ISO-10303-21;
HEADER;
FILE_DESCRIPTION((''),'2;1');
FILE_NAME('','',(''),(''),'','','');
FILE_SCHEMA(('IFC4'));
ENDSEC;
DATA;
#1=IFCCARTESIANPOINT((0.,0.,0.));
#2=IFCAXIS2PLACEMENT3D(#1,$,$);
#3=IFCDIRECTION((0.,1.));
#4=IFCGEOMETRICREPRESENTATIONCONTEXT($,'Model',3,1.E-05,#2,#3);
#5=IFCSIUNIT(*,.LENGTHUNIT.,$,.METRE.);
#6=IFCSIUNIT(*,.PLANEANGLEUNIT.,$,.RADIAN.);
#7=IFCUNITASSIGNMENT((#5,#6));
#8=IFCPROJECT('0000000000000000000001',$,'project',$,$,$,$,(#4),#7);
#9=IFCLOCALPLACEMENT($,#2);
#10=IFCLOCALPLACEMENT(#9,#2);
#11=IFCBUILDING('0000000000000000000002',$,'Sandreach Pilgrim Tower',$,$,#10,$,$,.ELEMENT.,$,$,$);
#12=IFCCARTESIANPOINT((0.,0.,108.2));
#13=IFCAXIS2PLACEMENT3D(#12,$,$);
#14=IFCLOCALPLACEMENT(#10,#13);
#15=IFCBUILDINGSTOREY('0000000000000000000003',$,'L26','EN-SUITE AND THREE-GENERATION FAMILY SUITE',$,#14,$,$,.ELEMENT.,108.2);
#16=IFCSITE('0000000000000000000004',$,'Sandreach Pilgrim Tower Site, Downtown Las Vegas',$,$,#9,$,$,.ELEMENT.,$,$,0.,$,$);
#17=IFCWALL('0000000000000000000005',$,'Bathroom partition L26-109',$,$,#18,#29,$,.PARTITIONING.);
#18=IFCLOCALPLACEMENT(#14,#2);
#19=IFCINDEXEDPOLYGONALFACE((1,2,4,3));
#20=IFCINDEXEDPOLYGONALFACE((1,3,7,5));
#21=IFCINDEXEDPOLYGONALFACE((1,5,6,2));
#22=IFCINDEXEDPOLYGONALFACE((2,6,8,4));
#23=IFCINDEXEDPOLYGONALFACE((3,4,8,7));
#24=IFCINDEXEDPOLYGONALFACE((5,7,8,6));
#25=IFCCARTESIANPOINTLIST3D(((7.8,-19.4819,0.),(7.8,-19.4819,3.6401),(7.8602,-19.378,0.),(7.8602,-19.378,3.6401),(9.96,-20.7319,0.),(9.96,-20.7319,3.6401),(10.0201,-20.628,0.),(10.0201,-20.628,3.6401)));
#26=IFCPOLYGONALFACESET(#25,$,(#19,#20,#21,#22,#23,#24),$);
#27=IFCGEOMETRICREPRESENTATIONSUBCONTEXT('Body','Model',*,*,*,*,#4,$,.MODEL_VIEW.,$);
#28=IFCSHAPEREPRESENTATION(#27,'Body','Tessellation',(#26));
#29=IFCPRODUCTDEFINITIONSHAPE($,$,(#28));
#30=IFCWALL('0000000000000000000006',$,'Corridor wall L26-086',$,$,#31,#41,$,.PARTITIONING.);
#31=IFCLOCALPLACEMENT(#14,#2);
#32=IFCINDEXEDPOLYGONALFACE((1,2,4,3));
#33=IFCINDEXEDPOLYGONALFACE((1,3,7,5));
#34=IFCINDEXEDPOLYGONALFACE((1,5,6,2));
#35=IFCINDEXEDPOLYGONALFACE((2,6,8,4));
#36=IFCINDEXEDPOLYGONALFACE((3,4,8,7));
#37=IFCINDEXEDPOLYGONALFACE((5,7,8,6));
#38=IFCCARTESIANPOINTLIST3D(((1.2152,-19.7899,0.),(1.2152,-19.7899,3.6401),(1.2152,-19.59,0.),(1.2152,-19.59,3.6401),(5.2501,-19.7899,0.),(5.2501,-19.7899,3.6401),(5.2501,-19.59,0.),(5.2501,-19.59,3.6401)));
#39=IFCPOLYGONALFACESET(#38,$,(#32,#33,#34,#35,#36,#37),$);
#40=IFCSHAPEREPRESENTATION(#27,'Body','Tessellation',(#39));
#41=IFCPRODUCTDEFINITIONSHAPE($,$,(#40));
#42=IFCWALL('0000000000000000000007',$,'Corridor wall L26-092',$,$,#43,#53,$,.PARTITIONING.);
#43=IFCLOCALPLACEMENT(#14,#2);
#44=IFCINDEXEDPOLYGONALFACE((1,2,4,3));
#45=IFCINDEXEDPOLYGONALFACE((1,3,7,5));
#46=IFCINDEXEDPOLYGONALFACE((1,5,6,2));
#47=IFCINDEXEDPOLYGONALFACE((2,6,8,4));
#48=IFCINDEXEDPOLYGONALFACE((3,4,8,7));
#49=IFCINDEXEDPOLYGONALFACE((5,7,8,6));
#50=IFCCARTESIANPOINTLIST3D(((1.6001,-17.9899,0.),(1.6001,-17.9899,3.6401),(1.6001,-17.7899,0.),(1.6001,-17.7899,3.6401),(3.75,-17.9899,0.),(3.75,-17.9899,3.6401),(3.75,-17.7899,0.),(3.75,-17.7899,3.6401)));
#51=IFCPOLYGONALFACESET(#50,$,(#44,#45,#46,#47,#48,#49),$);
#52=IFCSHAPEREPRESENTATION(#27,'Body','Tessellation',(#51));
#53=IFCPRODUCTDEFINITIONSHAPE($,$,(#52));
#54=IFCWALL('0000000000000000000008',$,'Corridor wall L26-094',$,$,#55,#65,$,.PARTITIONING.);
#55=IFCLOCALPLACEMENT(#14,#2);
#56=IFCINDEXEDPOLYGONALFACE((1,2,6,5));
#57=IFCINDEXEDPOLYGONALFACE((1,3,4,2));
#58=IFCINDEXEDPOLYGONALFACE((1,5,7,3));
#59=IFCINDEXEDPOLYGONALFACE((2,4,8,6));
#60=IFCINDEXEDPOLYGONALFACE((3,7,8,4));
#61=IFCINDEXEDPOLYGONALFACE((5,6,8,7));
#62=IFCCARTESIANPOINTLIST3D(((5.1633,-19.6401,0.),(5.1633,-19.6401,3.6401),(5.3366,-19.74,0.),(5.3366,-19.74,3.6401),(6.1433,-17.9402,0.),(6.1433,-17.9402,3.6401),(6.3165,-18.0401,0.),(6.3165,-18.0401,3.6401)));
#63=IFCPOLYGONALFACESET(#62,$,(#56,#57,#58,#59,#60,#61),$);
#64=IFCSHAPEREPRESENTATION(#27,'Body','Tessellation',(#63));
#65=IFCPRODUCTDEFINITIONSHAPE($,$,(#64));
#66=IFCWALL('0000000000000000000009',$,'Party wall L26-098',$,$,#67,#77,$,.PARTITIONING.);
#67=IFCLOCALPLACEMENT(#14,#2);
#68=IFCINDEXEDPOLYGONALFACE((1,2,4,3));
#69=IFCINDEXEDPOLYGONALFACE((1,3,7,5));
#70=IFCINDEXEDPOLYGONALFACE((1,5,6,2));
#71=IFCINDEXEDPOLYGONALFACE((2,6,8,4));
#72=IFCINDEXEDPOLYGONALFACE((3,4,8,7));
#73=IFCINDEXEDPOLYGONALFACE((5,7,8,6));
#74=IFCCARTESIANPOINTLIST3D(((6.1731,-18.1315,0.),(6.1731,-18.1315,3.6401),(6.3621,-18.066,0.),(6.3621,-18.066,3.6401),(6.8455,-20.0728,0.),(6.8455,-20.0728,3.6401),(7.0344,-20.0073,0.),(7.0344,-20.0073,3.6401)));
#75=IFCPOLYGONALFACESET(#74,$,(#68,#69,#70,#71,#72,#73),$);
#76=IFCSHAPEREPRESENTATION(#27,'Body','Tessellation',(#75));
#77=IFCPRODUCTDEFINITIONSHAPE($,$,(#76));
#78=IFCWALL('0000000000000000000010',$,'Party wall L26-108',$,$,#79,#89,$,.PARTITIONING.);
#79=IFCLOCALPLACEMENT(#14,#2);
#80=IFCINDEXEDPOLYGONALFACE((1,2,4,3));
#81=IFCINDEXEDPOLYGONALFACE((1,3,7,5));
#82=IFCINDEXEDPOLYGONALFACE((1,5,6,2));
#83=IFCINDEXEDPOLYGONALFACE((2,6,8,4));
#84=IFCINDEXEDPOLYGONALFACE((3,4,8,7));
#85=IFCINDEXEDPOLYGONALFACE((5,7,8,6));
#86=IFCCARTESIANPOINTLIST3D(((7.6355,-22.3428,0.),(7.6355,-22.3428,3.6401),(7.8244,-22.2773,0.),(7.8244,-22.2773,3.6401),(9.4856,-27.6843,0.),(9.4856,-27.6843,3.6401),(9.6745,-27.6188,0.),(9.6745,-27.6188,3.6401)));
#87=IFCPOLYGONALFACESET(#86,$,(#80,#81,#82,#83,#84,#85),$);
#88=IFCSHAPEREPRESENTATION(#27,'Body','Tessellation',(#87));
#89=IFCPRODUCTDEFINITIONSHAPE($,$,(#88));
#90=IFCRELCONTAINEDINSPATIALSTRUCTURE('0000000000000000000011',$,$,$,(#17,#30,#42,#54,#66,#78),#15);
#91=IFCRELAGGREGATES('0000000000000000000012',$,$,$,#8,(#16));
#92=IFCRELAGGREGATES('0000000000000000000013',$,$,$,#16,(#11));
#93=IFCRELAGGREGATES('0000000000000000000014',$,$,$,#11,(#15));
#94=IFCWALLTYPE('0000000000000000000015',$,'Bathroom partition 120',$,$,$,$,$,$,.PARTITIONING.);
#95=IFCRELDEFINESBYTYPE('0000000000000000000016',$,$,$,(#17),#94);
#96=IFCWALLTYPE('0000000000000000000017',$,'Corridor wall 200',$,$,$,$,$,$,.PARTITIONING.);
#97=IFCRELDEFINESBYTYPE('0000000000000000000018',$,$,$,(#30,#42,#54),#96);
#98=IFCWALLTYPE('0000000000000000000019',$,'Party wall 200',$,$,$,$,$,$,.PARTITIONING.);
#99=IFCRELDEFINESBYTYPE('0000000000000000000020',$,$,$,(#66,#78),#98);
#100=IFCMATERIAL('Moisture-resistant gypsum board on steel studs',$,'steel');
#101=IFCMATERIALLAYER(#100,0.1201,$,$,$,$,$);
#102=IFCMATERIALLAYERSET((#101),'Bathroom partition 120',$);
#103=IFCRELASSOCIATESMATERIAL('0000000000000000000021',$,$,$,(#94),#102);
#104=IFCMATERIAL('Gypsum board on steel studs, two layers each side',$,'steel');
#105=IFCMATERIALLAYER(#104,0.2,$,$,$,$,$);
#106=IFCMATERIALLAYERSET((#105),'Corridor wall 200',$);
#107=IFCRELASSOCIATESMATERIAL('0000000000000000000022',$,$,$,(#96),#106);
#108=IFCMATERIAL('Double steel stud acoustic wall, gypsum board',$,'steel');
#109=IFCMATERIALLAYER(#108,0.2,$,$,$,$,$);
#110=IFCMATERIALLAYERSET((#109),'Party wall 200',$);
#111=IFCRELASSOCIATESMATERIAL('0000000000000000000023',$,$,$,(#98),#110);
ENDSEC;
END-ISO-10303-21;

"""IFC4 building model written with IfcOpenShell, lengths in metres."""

from ifc_helpers import new_model, si_unit, direction, frame, frame_2d, origin, place, context, subcontext, project, spatial, rectangle, extrude, material, layer, layer_set, type_object, element, save


model = new_model("IFC4")

# Units and contexts
model_context = context("Model", 3, precision=1e-05, world=origin(), true_north=direction((0.0, 1.0)))
body_context = subcontext(model_context, "Body", "Model", "MODEL_VIEW")
ifc_project = project(units=[si_unit("LENGTHUNIT", "METRE"), si_unit("PLANEANGLEUNIT", "RADIAN")], contexts=[model_context])

# Site, building, storey
site_placement = place(None, origin())
site = spatial("IfcSite", under=ifc_project, at=site_placement, Name="Sandreach Pilgrim Tower Site, Downtown Las Vegas", CompositionType="ELEMENT", RefElevation=0.0)
building_placement = place(site_placement, origin())
building = spatial("IfcBuilding", under=site, at=building_placement, Name="Sandreach Pilgrim Tower", CompositionType="ELEMENT")
storey_placement = place(building_placement, frame((0.0, 0.0, 108.2)))
storey = spatial("IfcBuildingStorey", under=building, at=storey_placement, Name="L26", Description="EN-SUITE AND THREE-GENERATION FAMILY SUITE", CompositionType="ELEMENT", Elevation=108.2)

# Shared definitions
ifc_material_1 = material(Name="Moisture-resistant gypsum board on steel studs", Category="steel")
ifc_layer_1 = layer(ifc_material_1, 0.1201)
ifc_layer_set_1 = layer_set([ifc_layer_1], Name="Bathroom partition 120")
wall_type_1 = type_object("IfcWallType", Name="Bathroom partition 120", PredefinedType="PARTITIONING", material=ifc_layer_set_1)

# Wall
wall_1_placement = place(storey_placement, frame((7.8301, -19.4299, 0.0), z_axis=(0.0, 0.0, 1.0), x_axis=(0.865509, -0.500894, 0.0)))
element("IfcWall", 1, at=wall_1_placement, inside=storey, type_object=wall_type_1, Name="Bathroom partition L26-109", PredefinedType="PARTITIONING", context=body_context, shape_type="SweptSolid", body=[
    extrude(rectangle(XDim=2.4956, YDim=0.1201, at=frame_2d((1.2478, 0.0))), origin(), (0.0, 0.0, 1.0), 3.6401),
])

# Shared definitions
ifc_material_2 = material(Name="Gypsum board on steel studs, two layers each side", Category="steel")
ifc_layer_2 = layer(ifc_material_2, 0.2)
ifc_layer_set_2 = layer_set([ifc_layer_2], Name="Corridor wall 200")
wall_type_2 = type_object("IfcWallType", Name="Corridor wall 200", PredefinedType="PARTITIONING", material=ifc_layer_set_2)

# Wall
wall_2_placement = place(storey_placement, frame((1.2151, -19.6899, 0.0), z_axis=(0.0, 0.0, 1.0), x_axis=(1.0, 0.0, 0.0)))
element("IfcWall", 2, at=wall_2_placement, inside=storey, type_object=wall_type_2, Name="Corridor wall L26-086", PredefinedType="PARTITIONING", context=body_context, shape_type="SweptSolid", body=[
    extrude(rectangle(XDim=4.0349, YDim=0.2, at=frame_2d((2.0176, 0.0))), origin(), (0.0, 0.0, 1.0), 3.6401),
])

# Walls
wall_3_placement = place(storey_placement, frame((3.75, -17.8899, 0.0), z_axis=(0.0, 0.0, 1.0), x_axis=(-1.0, 0.0, 0.0)))
element("IfcWall", 3, at=wall_3_placement, inside=storey, type_object=wall_type_2, Name="Corridor wall L26-092", PredefinedType="PARTITIONING", context=body_context, shape_type="SweptSolid", body=[
    extrude(rectangle(XDim=2.1499, YDim=0.2, at=frame_2d((1.075, 0.0))), origin(), (0.0, 0.0, 1.0), 3.6401),
])
wall_4_placement = place(storey_placement, frame((5.25, -19.6899, 0.0), z_axis=(0.0, 0.0, 1.0), x_axis=(0.499432, 0.866353, 0.0)))
element("IfcWall", 4, at=wall_4_placement, inside=storey, type_object=wall_type_2, Name="Corridor wall L26-094", PredefinedType="PARTITIONING", context=body_context, shape_type="SweptSolid", body=[
    extrude(rectangle(XDim=1.9622, YDim=0.2, at=frame_2d((0.981, 0.0))), origin(), (0.0, 0.0, 1.0), 3.6401),
])

# Walls
ifc_material_3 = material(Name="Double steel stud acoustic wall, gypsum board", Category="steel")
ifc_layer_3 = layer(ifc_material_3, 0.2)
ifc_layer_set_3 = layer_set([ifc_layer_3], Name="Party wall 200")
wall_type_3 = type_object("IfcWallType", Name="Party wall 200", PredefinedType="PARTITIONING", material=ifc_layer_set_3)
wall_5_placement = place(storey_placement, frame((6.2676, -18.0986, 0.0), z_axis=(0.0, 0.0, 1.0), x_axis=(0.327257, -0.944935, 0.0)))
element("IfcWall", 5, at=wall_5_placement, inside=storey, type_object=wall_type_3, Name="Party wall L26-098", PredefinedType="PARTITIONING", context=body_context, shape_type="SweptSolid", body=[
    extrude(rectangle(XDim=2.0544, YDim=0.2, at=frame_2d((1.0273, 0.0))), origin(), (0.0, 0.0, 1.0), 3.6401),
])
wall_6_placement = place(storey_placement, frame((7.73, -22.3101, 0.0), z_axis=(0.0, 0.0, 1.0), x_axis=(0.327284, -0.944926, 0.0)))
element("IfcWall", 6, at=wall_6_placement, inside=storey, type_object=wall_type_3, Name="Party wall L26-108", PredefinedType="PARTITIONING", context=body_context, shape_type="SweptSolid", body=[
    extrude(rectangle(XDim=5.6528, YDim=0.2, at=frame_2d((2.8264, 0.0))), origin(), (0.0, 0.0, 1.0), 3.6401),
])

save(model, "model.ifc")
